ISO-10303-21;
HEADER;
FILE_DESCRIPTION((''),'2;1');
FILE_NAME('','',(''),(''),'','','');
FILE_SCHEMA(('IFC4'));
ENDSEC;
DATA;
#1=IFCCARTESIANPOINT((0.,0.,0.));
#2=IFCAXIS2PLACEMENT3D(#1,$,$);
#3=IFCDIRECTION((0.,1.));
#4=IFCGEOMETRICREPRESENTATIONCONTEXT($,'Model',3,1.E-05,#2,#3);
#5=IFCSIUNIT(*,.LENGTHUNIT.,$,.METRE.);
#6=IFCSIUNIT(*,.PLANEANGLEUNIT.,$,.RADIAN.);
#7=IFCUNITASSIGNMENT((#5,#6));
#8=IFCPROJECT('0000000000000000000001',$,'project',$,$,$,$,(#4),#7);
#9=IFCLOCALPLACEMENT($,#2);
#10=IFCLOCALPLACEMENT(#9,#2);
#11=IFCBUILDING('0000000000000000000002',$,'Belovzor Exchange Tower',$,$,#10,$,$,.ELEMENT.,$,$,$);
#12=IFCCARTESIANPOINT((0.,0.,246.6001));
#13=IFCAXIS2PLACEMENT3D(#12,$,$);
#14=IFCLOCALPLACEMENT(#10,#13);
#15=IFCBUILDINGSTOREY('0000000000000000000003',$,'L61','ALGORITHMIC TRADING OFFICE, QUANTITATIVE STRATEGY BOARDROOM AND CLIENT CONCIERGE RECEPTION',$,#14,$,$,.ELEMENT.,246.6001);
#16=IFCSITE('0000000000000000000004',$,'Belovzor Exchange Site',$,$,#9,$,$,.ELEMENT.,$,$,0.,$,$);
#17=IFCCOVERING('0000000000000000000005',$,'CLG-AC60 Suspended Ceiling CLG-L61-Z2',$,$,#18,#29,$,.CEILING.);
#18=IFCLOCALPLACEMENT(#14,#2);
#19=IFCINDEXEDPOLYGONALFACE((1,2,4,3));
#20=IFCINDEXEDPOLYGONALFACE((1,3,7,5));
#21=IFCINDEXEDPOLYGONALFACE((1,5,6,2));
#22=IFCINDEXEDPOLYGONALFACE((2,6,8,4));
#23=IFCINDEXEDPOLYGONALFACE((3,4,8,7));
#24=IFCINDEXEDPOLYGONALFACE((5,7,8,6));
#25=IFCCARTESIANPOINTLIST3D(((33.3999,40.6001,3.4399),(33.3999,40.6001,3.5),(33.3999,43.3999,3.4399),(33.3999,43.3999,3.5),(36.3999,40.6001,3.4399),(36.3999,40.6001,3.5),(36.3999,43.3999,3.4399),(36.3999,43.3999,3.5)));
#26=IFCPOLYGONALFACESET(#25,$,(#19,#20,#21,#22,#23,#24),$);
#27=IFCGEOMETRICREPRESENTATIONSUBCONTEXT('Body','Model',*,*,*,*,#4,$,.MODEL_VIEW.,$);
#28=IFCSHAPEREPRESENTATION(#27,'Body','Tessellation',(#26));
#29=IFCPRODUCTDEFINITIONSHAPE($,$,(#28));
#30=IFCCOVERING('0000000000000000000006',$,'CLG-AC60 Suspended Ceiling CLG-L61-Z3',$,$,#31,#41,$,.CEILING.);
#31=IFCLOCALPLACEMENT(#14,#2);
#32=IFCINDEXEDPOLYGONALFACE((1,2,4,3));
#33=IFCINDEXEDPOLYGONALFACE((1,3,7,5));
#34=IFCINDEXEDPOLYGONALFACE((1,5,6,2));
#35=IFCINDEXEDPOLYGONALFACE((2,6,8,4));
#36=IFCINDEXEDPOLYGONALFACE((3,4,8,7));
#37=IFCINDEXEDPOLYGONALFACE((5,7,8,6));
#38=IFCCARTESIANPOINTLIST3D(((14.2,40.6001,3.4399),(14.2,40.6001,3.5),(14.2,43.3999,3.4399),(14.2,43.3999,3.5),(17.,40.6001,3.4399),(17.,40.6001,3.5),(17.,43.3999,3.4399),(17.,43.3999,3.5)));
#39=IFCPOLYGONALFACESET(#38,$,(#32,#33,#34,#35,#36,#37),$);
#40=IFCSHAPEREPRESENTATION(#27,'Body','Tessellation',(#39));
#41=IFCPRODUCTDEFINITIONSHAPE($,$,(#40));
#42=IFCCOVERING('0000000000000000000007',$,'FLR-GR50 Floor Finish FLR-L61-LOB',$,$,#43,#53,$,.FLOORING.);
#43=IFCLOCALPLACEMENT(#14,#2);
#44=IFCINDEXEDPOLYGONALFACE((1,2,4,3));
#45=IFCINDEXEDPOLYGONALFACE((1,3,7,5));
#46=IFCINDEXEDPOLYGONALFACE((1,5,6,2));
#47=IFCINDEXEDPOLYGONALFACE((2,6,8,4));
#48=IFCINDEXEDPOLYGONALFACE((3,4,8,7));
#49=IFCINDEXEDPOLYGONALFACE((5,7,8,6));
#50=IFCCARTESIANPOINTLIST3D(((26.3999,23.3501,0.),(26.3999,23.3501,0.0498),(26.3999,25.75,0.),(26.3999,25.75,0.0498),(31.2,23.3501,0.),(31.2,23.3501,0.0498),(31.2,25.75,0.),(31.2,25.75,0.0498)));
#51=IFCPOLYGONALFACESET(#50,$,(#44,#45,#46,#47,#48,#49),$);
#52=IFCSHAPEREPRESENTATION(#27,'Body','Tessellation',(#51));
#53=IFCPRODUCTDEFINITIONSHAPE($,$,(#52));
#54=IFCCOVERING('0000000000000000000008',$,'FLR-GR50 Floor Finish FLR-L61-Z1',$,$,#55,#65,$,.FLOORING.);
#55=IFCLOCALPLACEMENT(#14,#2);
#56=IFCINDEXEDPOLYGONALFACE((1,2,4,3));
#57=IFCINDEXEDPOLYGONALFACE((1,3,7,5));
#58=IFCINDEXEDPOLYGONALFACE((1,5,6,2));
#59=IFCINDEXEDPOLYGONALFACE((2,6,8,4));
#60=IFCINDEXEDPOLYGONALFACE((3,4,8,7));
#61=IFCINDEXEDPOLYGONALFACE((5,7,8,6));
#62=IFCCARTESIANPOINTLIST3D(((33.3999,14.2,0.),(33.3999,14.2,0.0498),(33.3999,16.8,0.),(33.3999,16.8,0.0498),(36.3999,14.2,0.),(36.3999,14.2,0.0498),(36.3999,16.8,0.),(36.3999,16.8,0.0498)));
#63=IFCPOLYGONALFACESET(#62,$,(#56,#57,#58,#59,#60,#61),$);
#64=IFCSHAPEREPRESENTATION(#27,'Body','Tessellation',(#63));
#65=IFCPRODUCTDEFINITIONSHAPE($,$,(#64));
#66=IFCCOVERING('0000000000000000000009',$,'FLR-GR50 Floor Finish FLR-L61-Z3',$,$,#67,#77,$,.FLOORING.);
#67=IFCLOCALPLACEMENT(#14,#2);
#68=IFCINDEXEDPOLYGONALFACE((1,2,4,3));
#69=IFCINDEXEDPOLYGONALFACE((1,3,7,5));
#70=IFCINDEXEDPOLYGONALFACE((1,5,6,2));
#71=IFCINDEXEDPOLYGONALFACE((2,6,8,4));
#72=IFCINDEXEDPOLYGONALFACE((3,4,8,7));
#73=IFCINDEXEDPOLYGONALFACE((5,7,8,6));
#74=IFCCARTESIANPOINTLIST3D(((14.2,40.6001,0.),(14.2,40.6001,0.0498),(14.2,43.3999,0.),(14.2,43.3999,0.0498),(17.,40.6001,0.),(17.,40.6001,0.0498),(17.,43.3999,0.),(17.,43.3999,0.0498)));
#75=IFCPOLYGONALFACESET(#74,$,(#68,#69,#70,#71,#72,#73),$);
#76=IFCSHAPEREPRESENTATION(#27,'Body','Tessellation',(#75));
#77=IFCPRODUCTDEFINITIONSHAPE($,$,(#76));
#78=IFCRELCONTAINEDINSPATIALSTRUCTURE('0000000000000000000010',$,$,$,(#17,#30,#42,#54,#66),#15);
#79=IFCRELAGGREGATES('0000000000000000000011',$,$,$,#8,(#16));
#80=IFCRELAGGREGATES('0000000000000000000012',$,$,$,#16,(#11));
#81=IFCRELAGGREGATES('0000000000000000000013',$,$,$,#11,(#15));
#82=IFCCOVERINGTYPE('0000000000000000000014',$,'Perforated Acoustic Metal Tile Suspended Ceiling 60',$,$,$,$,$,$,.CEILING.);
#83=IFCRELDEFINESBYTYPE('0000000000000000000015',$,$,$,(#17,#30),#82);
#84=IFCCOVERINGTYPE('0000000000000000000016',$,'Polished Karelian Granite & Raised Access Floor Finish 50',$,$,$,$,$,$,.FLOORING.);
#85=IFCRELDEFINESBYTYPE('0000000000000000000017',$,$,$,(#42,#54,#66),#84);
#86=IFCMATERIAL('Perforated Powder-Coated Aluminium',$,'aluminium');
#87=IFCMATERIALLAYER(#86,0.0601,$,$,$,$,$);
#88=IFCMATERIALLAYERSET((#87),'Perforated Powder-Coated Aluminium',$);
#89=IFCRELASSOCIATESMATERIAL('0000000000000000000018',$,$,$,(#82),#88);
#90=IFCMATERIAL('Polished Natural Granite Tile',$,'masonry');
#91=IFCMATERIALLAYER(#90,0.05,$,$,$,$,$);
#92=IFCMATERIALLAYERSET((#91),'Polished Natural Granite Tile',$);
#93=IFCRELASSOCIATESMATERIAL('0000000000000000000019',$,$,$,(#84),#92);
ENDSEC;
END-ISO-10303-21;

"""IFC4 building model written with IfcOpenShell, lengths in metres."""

from ifc_helpers import new_model, si_unit, direction, frame, origin, place, context, subcontext, project, spatial, polyline, outline, extrude, material, layer, layer_set, type_object, element, save


model = new_model("IFC4")

# Units and contexts
model_context = context("Model", 3, precision=1e-05, world=origin(), true_north=direction((0.0, 1.0)))
body_context = subcontext(model_context, "Body", "Model", "MODEL_VIEW")
ifc_project = project(units=[si_unit("LENGTHUNIT", "METRE"), si_unit("PLANEANGLEUNIT", "RADIAN")], contexts=[model_context])

# Site, building, storey
site_placement = place(None, origin())
site = spatial("IfcSite", under=ifc_project, at=site_placement, Name="Belovzor Exchange Site", CompositionType="ELEMENT", RefElevation=0.0)
building_placement = place(site_placement, origin())
building = spatial("IfcBuilding", under=site, at=building_placement, Name="Belovzor Exchange Tower", CompositionType="ELEMENT")
storey_placement = place(building_placement, frame((0.0, 0.0, 246.6001)))
storey = spatial("IfcBuildingStorey", under=building, at=storey_placement, Name="L61", Description="ALGORITHMIC TRADING OFFICE, QUANTITATIVE STRATEGY BOARDROOM AND CLIENT CONCIERGE RECEPTION", CompositionType="ELEMENT", Elevation=246.6001)

# Coverings
ifc_material_1 = material(Name="Perforated Powder-Coated Aluminium", Category="aluminium")
ifc_layer_1 = layer(ifc_material_1, 0.0601)
ifc_layer_set_1 = layer_set([ifc_layer_1], Name="Perforated Powder-Coated Aluminium")
covering_type_1 = type_object("IfcCoveringType", Name="Perforated Acoustic Metal Tile Suspended Ceiling 60", PredefinedType="CEILING", material=ifc_layer_set_1)
covering_1_placement = place(storey_placement, frame((0.0, 0.0, 3.4399)))
element("IfcCovering", 1, at=covering_1_placement, inside=storey, type_object=covering_type_1, Name="CLG-AC60 Suspended Ceiling CLG-L61-Z2", PredefinedType="CEILING", context=body_context, shape_type="SweptSolid", body=[
    extrude(outline(polyline([(33.3999, 40.6001), (36.3999, 40.6001), (36.3999, 43.3999), (33.3999, 43.3999), (33.3999, 40.6001)])), origin(), (0.0, 0.0, 1.0), 0.0601),
])
covering_2_placement = place(storey_placement, frame((0.0, 0.0, 3.4399)))
element("IfcCovering", 2, at=covering_2_placement, inside=storey, type_object=covering_type_1, Name="CLG-AC60 Suspended Ceiling CLG-L61-Z3", PredefinedType="CEILING", context=body_context, shape_type="SweptSolid", body=[
    extrude(outline(polyline([(14.2, 40.6001), (17.0, 40.6001), (17.0, 43.3999), (14.2, 43.3999), (14.2, 40.6001)])), origin(), (0.0, 0.0, 1.0), 0.0601),
])
ifc_material_2 = material(Name="Polished Natural Granite Tile", Category="masonry")
ifc_layer_2 = layer(ifc_material_2, 0.05)
ifc_layer_set_2 = layer_set([ifc_layer_2], Name="Polished Natural Granite Tile")
covering_type_2 = type_object("IfcCoveringType", Name="Polished Karelian Granite & Raised Access Floor Finish 50", PredefinedType="FLOORING", material=ifc_layer_set_2)
covering_3_placement = place(storey_placement, origin())
element("IfcCovering", 3, at=covering_3_placement, inside=storey, type_object=covering_type_2, Name="FLR-GR50 Floor Finish FLR-L61-LOB", PredefinedType="FLOORING", context=body_context, shape_type="SweptSolid", body=[
    extrude(outline(polyline([(26.3999, 23.3501), (31.2, 23.3501), (31.2, 25.75), (26.3999, 25.75), (26.3999, 23.3501)])), origin(), (0.0, 0.0, 1.0), 0.0498),
])
covering_4_placement = place(storey_placement, origin())
element("IfcCovering", 4, at=covering_4_placement, inside=storey, type_object=covering_type_2, Name="FLR-GR50 Floor Finish FLR-L61-Z1", PredefinedType="FLOORING", context=body_context, shape_type="SweptSolid", body=[
    extrude(outline(polyline([(33.3999, 14.2), (36.3999, 14.2), (36.3999, 16.8), (33.3999, 16.8), (33.3999, 14.2)])), origin(), (0.0, 0.0, 1.0), 0.0498),
])
covering_5_placement = place(storey_placement, origin())
element("IfcCovering", 5, at=covering_5_placement, inside=storey, type_object=covering_type_2, Name="FLR-GR50 Floor Finish FLR-L61-Z3", PredefinedType="FLOORING", context=body_context, shape_type="SweptSolid", body=[
    extrude(outline(polyline([(14.2, 40.6001), (17.0, 40.6001), (17.0, 43.3999), (14.2, 43.3999), (14.2, 40.6001)])), origin(), (0.0, 0.0, 1.0), 0.0498),
])

save(model, "model.ifc")
